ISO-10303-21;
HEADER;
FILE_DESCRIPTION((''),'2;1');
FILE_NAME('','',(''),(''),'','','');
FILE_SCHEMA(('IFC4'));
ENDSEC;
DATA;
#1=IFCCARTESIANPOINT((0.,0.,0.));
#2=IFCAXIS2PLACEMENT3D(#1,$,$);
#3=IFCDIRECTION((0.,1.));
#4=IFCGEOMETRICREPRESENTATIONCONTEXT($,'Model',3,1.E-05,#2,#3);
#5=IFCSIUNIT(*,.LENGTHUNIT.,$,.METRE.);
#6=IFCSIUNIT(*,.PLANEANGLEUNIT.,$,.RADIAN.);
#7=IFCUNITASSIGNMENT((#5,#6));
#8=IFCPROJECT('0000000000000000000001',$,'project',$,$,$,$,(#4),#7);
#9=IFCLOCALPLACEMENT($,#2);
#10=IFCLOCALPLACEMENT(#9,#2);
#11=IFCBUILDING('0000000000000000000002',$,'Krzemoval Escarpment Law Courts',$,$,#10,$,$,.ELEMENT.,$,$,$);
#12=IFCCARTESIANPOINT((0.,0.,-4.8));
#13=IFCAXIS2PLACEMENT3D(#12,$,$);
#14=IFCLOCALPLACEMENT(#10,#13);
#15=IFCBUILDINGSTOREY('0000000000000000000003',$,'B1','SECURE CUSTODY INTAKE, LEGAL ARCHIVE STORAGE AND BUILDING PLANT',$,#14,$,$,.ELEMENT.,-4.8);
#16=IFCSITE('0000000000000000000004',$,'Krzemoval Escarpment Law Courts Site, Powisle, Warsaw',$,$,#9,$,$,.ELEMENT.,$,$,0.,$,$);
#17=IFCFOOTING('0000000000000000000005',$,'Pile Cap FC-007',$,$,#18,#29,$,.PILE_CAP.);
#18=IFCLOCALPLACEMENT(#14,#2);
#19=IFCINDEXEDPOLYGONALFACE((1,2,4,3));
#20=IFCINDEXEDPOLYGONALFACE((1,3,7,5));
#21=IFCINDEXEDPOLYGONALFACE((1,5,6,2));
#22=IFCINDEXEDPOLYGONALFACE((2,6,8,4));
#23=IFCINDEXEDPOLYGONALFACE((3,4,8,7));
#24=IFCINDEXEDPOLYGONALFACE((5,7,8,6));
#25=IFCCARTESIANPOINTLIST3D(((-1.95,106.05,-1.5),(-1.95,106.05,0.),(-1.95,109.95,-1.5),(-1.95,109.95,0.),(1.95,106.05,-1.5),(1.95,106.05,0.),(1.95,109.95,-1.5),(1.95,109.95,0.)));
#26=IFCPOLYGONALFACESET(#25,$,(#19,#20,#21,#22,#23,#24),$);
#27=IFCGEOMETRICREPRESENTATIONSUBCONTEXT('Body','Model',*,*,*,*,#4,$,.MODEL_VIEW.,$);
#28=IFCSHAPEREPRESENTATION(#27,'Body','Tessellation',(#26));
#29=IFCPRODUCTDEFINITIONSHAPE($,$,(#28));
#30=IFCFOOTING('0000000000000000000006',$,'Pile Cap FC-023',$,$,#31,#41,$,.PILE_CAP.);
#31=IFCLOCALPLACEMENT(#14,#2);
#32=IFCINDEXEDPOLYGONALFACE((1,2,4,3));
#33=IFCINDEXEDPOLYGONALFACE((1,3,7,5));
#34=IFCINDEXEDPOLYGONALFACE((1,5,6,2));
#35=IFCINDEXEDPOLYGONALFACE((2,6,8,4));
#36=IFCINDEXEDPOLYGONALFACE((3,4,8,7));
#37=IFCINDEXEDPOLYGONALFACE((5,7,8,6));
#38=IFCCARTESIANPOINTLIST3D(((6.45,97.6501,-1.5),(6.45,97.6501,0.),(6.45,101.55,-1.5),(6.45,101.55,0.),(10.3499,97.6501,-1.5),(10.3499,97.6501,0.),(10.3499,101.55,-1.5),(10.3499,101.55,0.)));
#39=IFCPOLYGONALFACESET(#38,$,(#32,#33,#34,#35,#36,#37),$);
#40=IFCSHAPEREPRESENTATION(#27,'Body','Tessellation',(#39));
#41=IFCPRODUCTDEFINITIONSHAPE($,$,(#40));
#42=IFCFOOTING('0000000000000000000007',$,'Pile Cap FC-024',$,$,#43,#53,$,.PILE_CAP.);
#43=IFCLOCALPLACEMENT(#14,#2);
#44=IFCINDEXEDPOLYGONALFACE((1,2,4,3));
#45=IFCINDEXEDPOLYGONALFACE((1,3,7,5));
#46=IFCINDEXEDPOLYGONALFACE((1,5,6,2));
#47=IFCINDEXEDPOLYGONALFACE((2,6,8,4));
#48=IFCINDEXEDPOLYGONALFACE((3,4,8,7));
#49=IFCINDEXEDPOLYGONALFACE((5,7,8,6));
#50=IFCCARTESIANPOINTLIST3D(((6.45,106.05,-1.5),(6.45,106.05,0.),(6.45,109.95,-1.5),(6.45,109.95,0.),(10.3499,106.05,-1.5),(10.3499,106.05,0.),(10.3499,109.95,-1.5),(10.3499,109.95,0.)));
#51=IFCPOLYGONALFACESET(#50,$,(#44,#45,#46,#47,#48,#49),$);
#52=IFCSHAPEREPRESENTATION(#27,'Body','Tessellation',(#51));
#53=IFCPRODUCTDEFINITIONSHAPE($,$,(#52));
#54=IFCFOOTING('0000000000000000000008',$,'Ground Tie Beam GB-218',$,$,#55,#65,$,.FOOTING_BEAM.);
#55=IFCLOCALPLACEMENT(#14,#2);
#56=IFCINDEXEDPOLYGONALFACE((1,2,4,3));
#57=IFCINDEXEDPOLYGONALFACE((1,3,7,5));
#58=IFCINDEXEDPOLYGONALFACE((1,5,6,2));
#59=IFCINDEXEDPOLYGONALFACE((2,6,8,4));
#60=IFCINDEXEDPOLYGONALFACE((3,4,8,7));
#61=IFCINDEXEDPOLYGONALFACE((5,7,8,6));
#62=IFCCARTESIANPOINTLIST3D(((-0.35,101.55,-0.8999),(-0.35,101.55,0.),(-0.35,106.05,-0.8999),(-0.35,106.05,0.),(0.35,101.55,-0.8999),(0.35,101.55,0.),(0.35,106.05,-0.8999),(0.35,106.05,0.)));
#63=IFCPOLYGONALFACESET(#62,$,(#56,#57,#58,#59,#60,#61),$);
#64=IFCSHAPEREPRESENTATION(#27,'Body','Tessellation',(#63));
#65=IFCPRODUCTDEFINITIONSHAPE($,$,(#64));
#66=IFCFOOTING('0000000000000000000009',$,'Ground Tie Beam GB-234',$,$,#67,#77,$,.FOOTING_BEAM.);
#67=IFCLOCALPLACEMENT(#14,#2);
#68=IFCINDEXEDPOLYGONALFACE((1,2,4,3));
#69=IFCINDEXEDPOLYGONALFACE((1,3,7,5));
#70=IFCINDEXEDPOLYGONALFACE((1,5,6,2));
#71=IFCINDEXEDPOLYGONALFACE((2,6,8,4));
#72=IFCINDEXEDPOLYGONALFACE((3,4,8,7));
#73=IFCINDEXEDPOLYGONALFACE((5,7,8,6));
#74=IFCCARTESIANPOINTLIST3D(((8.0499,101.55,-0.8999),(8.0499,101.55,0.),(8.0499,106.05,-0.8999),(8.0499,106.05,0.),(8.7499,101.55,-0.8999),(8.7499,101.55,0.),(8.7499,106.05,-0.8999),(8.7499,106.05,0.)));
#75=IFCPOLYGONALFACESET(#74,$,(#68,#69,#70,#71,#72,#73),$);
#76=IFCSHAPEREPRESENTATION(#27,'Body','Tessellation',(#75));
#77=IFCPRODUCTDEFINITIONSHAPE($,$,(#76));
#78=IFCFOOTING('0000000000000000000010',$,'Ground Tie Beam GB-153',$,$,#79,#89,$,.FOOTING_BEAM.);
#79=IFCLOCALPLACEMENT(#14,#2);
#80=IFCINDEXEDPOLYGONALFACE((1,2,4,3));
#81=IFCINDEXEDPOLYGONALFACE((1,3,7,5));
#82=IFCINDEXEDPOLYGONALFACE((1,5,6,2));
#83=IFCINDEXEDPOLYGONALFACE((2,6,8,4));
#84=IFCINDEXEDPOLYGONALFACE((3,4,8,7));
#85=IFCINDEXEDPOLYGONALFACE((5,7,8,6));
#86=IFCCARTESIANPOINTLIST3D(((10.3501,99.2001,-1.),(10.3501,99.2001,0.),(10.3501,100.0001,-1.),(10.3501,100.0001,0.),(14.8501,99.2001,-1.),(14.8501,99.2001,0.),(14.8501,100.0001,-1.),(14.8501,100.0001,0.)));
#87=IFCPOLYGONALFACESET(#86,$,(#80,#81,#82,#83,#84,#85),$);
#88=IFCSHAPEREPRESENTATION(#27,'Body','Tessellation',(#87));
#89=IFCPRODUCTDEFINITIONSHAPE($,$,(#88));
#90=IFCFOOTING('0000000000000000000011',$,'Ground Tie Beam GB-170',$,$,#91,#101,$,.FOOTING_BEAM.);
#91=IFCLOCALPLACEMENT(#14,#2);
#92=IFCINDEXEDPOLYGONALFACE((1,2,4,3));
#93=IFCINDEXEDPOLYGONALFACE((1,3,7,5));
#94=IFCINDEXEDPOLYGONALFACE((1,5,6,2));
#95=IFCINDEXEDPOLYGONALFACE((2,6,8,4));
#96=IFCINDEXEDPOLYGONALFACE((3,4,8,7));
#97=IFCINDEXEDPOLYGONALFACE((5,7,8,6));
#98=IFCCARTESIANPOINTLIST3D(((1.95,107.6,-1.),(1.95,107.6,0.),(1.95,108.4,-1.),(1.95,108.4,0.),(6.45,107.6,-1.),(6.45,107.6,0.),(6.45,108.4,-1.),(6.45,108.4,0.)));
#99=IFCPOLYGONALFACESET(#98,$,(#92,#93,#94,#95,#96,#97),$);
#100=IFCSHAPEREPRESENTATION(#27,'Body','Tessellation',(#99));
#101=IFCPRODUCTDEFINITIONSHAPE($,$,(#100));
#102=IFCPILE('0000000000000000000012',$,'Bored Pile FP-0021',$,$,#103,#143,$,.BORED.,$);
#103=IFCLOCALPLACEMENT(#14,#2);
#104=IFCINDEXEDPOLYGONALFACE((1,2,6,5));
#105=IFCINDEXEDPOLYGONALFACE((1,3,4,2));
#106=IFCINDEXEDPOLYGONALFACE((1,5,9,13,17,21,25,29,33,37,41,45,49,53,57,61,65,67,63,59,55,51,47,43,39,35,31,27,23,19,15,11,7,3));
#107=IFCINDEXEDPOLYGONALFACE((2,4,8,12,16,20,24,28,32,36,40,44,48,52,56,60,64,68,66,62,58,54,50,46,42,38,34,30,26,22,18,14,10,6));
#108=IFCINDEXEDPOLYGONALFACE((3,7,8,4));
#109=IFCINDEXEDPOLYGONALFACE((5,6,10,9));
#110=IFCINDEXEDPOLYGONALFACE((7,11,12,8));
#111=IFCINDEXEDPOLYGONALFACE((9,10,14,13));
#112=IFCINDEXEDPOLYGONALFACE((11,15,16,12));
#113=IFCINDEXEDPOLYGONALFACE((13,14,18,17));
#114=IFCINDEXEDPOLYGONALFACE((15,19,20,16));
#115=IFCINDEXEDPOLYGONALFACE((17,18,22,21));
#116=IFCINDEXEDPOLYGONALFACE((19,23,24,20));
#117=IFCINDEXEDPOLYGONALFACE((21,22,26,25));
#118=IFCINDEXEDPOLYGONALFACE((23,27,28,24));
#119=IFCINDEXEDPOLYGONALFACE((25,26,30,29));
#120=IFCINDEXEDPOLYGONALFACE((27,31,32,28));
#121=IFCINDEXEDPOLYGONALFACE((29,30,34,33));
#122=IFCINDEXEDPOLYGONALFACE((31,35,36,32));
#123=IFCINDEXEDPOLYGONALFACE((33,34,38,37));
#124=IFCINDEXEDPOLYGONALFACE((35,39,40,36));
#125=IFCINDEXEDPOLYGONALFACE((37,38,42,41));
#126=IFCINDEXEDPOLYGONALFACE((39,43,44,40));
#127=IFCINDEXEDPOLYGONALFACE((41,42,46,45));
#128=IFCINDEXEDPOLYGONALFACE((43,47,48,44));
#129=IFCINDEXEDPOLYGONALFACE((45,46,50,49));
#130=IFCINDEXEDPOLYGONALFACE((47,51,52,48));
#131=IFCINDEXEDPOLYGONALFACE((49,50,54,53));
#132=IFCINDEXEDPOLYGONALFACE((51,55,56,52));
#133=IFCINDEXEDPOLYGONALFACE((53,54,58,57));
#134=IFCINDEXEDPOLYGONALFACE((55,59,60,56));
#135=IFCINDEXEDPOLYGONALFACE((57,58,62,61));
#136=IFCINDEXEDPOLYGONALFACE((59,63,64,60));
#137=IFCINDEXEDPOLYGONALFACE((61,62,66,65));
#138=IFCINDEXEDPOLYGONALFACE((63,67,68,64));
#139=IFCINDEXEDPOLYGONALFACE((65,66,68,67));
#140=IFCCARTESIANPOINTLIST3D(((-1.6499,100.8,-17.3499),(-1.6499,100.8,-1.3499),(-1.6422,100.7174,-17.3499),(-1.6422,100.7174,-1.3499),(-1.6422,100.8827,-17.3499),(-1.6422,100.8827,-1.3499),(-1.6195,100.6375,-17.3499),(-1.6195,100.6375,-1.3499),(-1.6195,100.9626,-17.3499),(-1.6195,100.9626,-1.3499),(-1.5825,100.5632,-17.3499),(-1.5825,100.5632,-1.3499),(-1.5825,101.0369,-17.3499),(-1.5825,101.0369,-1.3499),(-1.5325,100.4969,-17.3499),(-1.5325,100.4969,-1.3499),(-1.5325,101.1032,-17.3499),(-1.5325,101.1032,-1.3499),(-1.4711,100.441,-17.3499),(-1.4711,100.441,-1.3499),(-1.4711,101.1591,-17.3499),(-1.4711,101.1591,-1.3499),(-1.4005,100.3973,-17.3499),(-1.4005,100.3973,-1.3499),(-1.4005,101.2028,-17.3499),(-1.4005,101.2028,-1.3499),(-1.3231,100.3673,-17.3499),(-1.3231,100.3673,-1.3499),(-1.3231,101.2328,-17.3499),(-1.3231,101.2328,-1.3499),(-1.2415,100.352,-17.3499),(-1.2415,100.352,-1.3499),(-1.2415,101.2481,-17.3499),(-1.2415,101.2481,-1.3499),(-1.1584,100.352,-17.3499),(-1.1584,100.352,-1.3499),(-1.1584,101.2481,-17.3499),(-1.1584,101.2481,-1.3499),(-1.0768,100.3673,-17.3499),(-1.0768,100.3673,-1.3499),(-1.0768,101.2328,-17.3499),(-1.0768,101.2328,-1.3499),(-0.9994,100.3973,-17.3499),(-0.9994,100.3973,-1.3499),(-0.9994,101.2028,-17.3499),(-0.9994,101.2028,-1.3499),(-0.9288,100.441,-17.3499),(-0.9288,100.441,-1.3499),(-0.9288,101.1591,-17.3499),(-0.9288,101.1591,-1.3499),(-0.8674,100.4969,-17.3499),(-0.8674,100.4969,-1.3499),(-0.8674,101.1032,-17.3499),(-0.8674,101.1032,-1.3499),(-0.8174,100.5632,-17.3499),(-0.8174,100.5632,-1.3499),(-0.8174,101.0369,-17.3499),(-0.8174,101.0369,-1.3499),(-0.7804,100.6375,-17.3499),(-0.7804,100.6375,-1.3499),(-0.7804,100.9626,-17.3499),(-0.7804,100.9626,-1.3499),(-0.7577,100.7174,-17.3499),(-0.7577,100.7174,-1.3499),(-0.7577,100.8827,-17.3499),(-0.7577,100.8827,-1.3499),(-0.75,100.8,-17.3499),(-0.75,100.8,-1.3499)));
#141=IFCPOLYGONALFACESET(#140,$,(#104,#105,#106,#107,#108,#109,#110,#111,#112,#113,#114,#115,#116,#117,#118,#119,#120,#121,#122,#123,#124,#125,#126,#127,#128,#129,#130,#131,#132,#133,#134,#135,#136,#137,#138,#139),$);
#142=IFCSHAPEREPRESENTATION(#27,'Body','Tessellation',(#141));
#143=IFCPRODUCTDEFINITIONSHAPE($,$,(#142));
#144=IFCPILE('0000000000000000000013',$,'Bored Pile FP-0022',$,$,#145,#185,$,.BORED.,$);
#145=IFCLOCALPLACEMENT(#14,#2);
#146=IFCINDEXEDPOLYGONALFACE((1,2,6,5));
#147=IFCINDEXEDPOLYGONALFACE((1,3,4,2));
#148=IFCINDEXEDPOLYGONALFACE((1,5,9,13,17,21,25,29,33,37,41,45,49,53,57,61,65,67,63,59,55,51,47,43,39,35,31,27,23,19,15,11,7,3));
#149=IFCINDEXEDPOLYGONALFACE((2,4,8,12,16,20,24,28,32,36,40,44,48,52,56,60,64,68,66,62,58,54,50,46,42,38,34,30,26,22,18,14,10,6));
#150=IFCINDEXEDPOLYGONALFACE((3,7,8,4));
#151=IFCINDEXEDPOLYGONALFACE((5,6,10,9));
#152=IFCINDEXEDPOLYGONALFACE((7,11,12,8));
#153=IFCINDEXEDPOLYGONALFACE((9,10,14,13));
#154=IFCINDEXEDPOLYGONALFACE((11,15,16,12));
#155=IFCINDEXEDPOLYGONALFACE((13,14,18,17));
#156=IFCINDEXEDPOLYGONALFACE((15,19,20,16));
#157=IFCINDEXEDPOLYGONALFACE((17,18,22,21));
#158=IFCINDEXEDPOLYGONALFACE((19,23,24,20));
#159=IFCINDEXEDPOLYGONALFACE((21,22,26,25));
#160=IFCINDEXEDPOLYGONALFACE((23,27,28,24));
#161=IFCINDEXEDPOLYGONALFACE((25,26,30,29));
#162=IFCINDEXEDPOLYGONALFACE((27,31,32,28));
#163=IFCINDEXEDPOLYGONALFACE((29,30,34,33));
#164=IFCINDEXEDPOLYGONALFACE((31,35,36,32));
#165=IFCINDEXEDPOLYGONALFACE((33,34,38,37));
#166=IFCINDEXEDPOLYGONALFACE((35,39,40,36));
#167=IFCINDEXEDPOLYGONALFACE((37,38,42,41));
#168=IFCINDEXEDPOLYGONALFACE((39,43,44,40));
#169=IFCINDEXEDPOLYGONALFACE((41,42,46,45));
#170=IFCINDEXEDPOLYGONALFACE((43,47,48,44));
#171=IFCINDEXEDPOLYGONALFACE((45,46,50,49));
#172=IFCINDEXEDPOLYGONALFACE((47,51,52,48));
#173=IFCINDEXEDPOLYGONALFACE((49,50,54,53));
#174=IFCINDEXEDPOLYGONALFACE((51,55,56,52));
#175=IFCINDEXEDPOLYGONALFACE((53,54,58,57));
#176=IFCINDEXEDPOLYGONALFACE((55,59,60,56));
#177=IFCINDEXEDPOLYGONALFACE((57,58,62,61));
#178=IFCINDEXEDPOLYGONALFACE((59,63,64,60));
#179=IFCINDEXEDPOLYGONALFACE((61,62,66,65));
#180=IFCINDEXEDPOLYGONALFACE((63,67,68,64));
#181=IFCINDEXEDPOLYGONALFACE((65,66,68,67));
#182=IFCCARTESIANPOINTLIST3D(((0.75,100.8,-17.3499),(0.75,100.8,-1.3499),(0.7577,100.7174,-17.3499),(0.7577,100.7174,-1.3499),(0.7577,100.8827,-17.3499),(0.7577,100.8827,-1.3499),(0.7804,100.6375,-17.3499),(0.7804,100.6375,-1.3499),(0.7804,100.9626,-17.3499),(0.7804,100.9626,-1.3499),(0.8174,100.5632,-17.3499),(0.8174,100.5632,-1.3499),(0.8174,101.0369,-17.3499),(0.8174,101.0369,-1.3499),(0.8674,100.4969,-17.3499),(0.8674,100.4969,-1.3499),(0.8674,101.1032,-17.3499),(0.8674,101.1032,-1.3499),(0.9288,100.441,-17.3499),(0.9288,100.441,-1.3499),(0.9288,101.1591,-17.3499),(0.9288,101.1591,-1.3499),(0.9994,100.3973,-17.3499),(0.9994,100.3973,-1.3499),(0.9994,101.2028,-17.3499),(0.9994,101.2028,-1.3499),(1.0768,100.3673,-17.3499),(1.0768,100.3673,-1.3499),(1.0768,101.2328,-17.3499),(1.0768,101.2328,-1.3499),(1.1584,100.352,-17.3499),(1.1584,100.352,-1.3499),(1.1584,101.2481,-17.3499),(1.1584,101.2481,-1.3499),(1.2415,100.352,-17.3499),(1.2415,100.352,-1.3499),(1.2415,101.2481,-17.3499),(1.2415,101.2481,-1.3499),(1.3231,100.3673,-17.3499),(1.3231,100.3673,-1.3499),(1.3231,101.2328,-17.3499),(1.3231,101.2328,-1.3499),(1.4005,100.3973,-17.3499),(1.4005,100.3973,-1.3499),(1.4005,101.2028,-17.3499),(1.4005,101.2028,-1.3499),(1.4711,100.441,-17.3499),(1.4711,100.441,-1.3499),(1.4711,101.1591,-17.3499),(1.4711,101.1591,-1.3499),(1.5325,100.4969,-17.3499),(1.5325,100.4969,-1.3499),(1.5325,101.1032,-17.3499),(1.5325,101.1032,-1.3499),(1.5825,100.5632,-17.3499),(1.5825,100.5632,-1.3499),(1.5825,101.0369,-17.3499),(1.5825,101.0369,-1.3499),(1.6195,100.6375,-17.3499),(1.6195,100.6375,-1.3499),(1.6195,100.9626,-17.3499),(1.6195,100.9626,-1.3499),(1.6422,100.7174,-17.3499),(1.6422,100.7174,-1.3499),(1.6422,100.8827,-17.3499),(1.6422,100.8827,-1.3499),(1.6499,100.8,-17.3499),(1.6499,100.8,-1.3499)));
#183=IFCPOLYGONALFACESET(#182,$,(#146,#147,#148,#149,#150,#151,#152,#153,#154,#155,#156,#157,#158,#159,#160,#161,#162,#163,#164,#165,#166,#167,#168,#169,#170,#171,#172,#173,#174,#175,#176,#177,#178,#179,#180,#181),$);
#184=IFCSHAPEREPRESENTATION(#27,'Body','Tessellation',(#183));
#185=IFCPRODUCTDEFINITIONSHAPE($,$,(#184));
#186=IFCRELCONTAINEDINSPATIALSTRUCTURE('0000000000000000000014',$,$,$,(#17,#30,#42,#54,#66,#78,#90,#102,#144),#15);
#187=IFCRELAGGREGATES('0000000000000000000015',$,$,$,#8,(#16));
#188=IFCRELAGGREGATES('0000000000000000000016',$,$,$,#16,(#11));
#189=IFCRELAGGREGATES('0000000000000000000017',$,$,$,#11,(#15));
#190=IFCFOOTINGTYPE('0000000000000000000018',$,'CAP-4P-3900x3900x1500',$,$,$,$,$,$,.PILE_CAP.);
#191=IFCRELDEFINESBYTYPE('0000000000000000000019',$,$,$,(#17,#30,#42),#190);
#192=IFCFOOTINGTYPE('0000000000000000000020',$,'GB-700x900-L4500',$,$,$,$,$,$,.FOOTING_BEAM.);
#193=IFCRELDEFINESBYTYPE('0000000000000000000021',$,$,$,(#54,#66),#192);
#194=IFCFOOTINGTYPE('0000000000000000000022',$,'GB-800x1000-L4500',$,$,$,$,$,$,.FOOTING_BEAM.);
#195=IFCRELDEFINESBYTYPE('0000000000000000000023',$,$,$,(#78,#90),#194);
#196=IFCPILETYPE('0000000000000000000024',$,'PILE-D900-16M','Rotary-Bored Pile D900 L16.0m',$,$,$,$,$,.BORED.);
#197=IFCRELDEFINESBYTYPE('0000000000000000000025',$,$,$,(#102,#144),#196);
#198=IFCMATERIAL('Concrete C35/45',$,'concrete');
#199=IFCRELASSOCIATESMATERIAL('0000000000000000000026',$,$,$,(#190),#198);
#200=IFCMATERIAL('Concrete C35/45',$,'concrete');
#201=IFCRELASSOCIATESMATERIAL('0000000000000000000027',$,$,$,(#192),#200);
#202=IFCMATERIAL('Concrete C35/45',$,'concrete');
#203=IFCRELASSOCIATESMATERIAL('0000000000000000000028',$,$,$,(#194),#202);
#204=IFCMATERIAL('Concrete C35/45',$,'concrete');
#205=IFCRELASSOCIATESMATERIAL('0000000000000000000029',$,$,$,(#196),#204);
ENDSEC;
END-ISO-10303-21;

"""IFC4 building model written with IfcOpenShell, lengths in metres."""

from ifc_helpers import new_model, si_unit, direction, frame, origin, origin_2d, place, context, subcontext, project, spatial, rectangle, circle, extrude, material, material_profile, profile_set, type_object, element, save


model = new_model("IFC4")

# Units and contexts
model_context = context("Model", 3, precision=1e-05, world=origin(), true_north=direction((0.0, 1.0)))
body_context = subcontext(model_context, "Body", "Model", "MODEL_VIEW")
ifc_project = project(units=[si_unit("LENGTHUNIT", "METRE"), si_unit("PLANEANGLEUNIT", "RADIAN")], contexts=[model_context])

# Site, building, storey
site_placement = place(None, origin())
site = spatial("IfcSite", under=ifc_project, at=site_placement, Name="Krzemoval Escarpment Law Courts Site, Powisle, Warsaw", CompositionType="ELEMENT", RefElevation=0.0)
building_placement = place(site_placement, origin())
building = spatial("IfcBuilding", under=site, at=building_placement, Name="Krzemoval Escarpment Law Courts", CompositionType="ELEMENT")
storey_placement = place(building_placement, frame((0.0, 0.0, -4.8)))
storey = spatial("IfcBuildingStorey", under=building, at=storey_placement, Name="B1", Description="SECURE CUSTODY INTAKE, LEGAL ARCHIVE STORAGE AND BUILDING PLANT", CompositionType="ELEMENT", Elevation=-4.8)

# Footings
ifc_material_1 = material(Name="Concrete C35/45", Category="concrete")
footing_type_1 = type_object("IfcFootingType", Name="CAP-4P-3900x3900x1500", PredefinedType="PILE_CAP", material=ifc_material_1)
for number, where, z_axis, x_axis, name in (
    (1, (0.0, 108.0, -1.5), (0.0, 0.0, 1.0), (1.0, 0.0, 0.0), "Pile Cap FC-007"),
    (2, (8.3999, 99.6001, -1.5), (0.0, 0.0, 1.0), (1.0, 0.0, 0.0), "Pile Cap FC-023"),
    (3, (8.3999, 108.0, -1.5), (0.0, 0.0, 1.0), (1.0, 0.0, 0.0), "Pile Cap FC-024"),
):
    element("IfcFooting", number, at=place(storey_placement, frame(where, z_axis=z_axis, x_axis=x_axis)), inside=storey, type_object=footing_type_1, Name=name, PredefinedType="PILE_CAP", context=body_context, shape_type="SweptSolid", body=[
        extrude(rectangle(XDim=3.8999, YDim=3.8999, at=origin_2d()), origin(), (0.0, 0.0, 1.0), 1.5),
    ])
ifc_material_2 = material(Name="Concrete C35/45", Category="concrete")
footing_type_2 = type_object("IfcFootingType", Name="GB-700x900-L4500", PredefinedType="FOOTING_BEAM", material=ifc_material_2)
for number, where, z_axis, x_axis, name in (
    (4, (0.0, 103.8, -0.8999), (0.0, 0.0, 1.0), (0.0, 1.0, 0.0), "Ground Tie Beam GB-218"),
    (5, (8.3999, 103.8, -0.8999), (0.0, 0.0, 1.0), (0.0, 1.0, 0.0), "Ground Tie Beam GB-234"),
):
    element("IfcFooting", number, at=place(storey_placement, frame(where, z_axis=z_axis, x_axis=x_axis)), inside=storey, type_object=footing_type_2, Name=name, PredefinedType="FOOTING_BEAM", context=body_context, shape_type="SweptSolid", body=[
        extrude(rectangle(XDim=4.5, YDim=0.7, at=origin_2d()), origin(), (0.0, 0.0, 1.0), 0.8999),
    ])
ifc_material_3 = material(Name="Concrete C35/45", Category="concrete")
footing_type_3 = type_object("IfcFootingType", Name="GB-800x1000-L4500", PredefinedType="FOOTING_BEAM", material=ifc_material_3)
for number, where, z_axis, x_axis, name in (
    (6, (12.6001, 99.6001, -1.0), (0.0, 0.0, 1.0), (1.0, 0.0, 0.0), "Ground Tie Beam GB-153"),
    (7, (4.2, 108.0, -1.0), (0.0, 0.0, 1.0), (1.0, 0.0, 0.0), "Ground Tie Beam GB-170"),
):
    element("IfcFooting", number, at=place(storey_placement, frame(where, z_axis=z_axis, x_axis=x_axis)), inside=storey, type_object=footing_type_3, Name=name, PredefinedType="FOOTING_BEAM", context=body_context, shape_type="SweptSolid", body=[
        extrude(rectangle(XDim=4.5, YDim=0.8, at=origin_2d()), origin(), (0.0, 0.0, 1.0), 1.0),
    ])

# Piles
ifc_material_4 = material(Name="Concrete C35/45", Category="concrete")
ifc_material_profile_1 = material_profile(ifc_material_4, circle(Radius=0.45, at=origin_2d()), Name="PILE D900")
ifc_profile_set_1 = profile_set([ifc_material_profile_1], Name="Concrete C35/45")
pile_type = type_object("IfcPileType", Name="PILE-D900-16M", Description="Rotary-Bored Pile D900 L16.0m", PredefinedType="BORED", material=ifc_profile_set_1)
for number, where, z_axis, x_axis, name in (
    (8, (-1.2, 100.8, -1.3499), (0.0, 0.0, -1.0), (1.0, 0.0, 0.0), "Bored Pile FP-0021"),
    (9, (1.2, 100.8, -1.3499), (0.0, 0.0, -1.0), (1.0, 0.0, 0.0), "Bored Pile FP-0022"),
):
    element("IfcPile", number, at=place(storey_placement, frame(where, z_axis=z_axis, x_axis=x_axis)), inside=storey, type_object=pile_type, Name=name, PredefinedType="BORED", context=body_context, shape_type="SweptSolid", body=[
        extrude(circle(Radius=0.45, at=origin_2d()), origin(), (0.0, 0.0, 1.0), 16.0),
    ])

save(model, "model.ifc")
